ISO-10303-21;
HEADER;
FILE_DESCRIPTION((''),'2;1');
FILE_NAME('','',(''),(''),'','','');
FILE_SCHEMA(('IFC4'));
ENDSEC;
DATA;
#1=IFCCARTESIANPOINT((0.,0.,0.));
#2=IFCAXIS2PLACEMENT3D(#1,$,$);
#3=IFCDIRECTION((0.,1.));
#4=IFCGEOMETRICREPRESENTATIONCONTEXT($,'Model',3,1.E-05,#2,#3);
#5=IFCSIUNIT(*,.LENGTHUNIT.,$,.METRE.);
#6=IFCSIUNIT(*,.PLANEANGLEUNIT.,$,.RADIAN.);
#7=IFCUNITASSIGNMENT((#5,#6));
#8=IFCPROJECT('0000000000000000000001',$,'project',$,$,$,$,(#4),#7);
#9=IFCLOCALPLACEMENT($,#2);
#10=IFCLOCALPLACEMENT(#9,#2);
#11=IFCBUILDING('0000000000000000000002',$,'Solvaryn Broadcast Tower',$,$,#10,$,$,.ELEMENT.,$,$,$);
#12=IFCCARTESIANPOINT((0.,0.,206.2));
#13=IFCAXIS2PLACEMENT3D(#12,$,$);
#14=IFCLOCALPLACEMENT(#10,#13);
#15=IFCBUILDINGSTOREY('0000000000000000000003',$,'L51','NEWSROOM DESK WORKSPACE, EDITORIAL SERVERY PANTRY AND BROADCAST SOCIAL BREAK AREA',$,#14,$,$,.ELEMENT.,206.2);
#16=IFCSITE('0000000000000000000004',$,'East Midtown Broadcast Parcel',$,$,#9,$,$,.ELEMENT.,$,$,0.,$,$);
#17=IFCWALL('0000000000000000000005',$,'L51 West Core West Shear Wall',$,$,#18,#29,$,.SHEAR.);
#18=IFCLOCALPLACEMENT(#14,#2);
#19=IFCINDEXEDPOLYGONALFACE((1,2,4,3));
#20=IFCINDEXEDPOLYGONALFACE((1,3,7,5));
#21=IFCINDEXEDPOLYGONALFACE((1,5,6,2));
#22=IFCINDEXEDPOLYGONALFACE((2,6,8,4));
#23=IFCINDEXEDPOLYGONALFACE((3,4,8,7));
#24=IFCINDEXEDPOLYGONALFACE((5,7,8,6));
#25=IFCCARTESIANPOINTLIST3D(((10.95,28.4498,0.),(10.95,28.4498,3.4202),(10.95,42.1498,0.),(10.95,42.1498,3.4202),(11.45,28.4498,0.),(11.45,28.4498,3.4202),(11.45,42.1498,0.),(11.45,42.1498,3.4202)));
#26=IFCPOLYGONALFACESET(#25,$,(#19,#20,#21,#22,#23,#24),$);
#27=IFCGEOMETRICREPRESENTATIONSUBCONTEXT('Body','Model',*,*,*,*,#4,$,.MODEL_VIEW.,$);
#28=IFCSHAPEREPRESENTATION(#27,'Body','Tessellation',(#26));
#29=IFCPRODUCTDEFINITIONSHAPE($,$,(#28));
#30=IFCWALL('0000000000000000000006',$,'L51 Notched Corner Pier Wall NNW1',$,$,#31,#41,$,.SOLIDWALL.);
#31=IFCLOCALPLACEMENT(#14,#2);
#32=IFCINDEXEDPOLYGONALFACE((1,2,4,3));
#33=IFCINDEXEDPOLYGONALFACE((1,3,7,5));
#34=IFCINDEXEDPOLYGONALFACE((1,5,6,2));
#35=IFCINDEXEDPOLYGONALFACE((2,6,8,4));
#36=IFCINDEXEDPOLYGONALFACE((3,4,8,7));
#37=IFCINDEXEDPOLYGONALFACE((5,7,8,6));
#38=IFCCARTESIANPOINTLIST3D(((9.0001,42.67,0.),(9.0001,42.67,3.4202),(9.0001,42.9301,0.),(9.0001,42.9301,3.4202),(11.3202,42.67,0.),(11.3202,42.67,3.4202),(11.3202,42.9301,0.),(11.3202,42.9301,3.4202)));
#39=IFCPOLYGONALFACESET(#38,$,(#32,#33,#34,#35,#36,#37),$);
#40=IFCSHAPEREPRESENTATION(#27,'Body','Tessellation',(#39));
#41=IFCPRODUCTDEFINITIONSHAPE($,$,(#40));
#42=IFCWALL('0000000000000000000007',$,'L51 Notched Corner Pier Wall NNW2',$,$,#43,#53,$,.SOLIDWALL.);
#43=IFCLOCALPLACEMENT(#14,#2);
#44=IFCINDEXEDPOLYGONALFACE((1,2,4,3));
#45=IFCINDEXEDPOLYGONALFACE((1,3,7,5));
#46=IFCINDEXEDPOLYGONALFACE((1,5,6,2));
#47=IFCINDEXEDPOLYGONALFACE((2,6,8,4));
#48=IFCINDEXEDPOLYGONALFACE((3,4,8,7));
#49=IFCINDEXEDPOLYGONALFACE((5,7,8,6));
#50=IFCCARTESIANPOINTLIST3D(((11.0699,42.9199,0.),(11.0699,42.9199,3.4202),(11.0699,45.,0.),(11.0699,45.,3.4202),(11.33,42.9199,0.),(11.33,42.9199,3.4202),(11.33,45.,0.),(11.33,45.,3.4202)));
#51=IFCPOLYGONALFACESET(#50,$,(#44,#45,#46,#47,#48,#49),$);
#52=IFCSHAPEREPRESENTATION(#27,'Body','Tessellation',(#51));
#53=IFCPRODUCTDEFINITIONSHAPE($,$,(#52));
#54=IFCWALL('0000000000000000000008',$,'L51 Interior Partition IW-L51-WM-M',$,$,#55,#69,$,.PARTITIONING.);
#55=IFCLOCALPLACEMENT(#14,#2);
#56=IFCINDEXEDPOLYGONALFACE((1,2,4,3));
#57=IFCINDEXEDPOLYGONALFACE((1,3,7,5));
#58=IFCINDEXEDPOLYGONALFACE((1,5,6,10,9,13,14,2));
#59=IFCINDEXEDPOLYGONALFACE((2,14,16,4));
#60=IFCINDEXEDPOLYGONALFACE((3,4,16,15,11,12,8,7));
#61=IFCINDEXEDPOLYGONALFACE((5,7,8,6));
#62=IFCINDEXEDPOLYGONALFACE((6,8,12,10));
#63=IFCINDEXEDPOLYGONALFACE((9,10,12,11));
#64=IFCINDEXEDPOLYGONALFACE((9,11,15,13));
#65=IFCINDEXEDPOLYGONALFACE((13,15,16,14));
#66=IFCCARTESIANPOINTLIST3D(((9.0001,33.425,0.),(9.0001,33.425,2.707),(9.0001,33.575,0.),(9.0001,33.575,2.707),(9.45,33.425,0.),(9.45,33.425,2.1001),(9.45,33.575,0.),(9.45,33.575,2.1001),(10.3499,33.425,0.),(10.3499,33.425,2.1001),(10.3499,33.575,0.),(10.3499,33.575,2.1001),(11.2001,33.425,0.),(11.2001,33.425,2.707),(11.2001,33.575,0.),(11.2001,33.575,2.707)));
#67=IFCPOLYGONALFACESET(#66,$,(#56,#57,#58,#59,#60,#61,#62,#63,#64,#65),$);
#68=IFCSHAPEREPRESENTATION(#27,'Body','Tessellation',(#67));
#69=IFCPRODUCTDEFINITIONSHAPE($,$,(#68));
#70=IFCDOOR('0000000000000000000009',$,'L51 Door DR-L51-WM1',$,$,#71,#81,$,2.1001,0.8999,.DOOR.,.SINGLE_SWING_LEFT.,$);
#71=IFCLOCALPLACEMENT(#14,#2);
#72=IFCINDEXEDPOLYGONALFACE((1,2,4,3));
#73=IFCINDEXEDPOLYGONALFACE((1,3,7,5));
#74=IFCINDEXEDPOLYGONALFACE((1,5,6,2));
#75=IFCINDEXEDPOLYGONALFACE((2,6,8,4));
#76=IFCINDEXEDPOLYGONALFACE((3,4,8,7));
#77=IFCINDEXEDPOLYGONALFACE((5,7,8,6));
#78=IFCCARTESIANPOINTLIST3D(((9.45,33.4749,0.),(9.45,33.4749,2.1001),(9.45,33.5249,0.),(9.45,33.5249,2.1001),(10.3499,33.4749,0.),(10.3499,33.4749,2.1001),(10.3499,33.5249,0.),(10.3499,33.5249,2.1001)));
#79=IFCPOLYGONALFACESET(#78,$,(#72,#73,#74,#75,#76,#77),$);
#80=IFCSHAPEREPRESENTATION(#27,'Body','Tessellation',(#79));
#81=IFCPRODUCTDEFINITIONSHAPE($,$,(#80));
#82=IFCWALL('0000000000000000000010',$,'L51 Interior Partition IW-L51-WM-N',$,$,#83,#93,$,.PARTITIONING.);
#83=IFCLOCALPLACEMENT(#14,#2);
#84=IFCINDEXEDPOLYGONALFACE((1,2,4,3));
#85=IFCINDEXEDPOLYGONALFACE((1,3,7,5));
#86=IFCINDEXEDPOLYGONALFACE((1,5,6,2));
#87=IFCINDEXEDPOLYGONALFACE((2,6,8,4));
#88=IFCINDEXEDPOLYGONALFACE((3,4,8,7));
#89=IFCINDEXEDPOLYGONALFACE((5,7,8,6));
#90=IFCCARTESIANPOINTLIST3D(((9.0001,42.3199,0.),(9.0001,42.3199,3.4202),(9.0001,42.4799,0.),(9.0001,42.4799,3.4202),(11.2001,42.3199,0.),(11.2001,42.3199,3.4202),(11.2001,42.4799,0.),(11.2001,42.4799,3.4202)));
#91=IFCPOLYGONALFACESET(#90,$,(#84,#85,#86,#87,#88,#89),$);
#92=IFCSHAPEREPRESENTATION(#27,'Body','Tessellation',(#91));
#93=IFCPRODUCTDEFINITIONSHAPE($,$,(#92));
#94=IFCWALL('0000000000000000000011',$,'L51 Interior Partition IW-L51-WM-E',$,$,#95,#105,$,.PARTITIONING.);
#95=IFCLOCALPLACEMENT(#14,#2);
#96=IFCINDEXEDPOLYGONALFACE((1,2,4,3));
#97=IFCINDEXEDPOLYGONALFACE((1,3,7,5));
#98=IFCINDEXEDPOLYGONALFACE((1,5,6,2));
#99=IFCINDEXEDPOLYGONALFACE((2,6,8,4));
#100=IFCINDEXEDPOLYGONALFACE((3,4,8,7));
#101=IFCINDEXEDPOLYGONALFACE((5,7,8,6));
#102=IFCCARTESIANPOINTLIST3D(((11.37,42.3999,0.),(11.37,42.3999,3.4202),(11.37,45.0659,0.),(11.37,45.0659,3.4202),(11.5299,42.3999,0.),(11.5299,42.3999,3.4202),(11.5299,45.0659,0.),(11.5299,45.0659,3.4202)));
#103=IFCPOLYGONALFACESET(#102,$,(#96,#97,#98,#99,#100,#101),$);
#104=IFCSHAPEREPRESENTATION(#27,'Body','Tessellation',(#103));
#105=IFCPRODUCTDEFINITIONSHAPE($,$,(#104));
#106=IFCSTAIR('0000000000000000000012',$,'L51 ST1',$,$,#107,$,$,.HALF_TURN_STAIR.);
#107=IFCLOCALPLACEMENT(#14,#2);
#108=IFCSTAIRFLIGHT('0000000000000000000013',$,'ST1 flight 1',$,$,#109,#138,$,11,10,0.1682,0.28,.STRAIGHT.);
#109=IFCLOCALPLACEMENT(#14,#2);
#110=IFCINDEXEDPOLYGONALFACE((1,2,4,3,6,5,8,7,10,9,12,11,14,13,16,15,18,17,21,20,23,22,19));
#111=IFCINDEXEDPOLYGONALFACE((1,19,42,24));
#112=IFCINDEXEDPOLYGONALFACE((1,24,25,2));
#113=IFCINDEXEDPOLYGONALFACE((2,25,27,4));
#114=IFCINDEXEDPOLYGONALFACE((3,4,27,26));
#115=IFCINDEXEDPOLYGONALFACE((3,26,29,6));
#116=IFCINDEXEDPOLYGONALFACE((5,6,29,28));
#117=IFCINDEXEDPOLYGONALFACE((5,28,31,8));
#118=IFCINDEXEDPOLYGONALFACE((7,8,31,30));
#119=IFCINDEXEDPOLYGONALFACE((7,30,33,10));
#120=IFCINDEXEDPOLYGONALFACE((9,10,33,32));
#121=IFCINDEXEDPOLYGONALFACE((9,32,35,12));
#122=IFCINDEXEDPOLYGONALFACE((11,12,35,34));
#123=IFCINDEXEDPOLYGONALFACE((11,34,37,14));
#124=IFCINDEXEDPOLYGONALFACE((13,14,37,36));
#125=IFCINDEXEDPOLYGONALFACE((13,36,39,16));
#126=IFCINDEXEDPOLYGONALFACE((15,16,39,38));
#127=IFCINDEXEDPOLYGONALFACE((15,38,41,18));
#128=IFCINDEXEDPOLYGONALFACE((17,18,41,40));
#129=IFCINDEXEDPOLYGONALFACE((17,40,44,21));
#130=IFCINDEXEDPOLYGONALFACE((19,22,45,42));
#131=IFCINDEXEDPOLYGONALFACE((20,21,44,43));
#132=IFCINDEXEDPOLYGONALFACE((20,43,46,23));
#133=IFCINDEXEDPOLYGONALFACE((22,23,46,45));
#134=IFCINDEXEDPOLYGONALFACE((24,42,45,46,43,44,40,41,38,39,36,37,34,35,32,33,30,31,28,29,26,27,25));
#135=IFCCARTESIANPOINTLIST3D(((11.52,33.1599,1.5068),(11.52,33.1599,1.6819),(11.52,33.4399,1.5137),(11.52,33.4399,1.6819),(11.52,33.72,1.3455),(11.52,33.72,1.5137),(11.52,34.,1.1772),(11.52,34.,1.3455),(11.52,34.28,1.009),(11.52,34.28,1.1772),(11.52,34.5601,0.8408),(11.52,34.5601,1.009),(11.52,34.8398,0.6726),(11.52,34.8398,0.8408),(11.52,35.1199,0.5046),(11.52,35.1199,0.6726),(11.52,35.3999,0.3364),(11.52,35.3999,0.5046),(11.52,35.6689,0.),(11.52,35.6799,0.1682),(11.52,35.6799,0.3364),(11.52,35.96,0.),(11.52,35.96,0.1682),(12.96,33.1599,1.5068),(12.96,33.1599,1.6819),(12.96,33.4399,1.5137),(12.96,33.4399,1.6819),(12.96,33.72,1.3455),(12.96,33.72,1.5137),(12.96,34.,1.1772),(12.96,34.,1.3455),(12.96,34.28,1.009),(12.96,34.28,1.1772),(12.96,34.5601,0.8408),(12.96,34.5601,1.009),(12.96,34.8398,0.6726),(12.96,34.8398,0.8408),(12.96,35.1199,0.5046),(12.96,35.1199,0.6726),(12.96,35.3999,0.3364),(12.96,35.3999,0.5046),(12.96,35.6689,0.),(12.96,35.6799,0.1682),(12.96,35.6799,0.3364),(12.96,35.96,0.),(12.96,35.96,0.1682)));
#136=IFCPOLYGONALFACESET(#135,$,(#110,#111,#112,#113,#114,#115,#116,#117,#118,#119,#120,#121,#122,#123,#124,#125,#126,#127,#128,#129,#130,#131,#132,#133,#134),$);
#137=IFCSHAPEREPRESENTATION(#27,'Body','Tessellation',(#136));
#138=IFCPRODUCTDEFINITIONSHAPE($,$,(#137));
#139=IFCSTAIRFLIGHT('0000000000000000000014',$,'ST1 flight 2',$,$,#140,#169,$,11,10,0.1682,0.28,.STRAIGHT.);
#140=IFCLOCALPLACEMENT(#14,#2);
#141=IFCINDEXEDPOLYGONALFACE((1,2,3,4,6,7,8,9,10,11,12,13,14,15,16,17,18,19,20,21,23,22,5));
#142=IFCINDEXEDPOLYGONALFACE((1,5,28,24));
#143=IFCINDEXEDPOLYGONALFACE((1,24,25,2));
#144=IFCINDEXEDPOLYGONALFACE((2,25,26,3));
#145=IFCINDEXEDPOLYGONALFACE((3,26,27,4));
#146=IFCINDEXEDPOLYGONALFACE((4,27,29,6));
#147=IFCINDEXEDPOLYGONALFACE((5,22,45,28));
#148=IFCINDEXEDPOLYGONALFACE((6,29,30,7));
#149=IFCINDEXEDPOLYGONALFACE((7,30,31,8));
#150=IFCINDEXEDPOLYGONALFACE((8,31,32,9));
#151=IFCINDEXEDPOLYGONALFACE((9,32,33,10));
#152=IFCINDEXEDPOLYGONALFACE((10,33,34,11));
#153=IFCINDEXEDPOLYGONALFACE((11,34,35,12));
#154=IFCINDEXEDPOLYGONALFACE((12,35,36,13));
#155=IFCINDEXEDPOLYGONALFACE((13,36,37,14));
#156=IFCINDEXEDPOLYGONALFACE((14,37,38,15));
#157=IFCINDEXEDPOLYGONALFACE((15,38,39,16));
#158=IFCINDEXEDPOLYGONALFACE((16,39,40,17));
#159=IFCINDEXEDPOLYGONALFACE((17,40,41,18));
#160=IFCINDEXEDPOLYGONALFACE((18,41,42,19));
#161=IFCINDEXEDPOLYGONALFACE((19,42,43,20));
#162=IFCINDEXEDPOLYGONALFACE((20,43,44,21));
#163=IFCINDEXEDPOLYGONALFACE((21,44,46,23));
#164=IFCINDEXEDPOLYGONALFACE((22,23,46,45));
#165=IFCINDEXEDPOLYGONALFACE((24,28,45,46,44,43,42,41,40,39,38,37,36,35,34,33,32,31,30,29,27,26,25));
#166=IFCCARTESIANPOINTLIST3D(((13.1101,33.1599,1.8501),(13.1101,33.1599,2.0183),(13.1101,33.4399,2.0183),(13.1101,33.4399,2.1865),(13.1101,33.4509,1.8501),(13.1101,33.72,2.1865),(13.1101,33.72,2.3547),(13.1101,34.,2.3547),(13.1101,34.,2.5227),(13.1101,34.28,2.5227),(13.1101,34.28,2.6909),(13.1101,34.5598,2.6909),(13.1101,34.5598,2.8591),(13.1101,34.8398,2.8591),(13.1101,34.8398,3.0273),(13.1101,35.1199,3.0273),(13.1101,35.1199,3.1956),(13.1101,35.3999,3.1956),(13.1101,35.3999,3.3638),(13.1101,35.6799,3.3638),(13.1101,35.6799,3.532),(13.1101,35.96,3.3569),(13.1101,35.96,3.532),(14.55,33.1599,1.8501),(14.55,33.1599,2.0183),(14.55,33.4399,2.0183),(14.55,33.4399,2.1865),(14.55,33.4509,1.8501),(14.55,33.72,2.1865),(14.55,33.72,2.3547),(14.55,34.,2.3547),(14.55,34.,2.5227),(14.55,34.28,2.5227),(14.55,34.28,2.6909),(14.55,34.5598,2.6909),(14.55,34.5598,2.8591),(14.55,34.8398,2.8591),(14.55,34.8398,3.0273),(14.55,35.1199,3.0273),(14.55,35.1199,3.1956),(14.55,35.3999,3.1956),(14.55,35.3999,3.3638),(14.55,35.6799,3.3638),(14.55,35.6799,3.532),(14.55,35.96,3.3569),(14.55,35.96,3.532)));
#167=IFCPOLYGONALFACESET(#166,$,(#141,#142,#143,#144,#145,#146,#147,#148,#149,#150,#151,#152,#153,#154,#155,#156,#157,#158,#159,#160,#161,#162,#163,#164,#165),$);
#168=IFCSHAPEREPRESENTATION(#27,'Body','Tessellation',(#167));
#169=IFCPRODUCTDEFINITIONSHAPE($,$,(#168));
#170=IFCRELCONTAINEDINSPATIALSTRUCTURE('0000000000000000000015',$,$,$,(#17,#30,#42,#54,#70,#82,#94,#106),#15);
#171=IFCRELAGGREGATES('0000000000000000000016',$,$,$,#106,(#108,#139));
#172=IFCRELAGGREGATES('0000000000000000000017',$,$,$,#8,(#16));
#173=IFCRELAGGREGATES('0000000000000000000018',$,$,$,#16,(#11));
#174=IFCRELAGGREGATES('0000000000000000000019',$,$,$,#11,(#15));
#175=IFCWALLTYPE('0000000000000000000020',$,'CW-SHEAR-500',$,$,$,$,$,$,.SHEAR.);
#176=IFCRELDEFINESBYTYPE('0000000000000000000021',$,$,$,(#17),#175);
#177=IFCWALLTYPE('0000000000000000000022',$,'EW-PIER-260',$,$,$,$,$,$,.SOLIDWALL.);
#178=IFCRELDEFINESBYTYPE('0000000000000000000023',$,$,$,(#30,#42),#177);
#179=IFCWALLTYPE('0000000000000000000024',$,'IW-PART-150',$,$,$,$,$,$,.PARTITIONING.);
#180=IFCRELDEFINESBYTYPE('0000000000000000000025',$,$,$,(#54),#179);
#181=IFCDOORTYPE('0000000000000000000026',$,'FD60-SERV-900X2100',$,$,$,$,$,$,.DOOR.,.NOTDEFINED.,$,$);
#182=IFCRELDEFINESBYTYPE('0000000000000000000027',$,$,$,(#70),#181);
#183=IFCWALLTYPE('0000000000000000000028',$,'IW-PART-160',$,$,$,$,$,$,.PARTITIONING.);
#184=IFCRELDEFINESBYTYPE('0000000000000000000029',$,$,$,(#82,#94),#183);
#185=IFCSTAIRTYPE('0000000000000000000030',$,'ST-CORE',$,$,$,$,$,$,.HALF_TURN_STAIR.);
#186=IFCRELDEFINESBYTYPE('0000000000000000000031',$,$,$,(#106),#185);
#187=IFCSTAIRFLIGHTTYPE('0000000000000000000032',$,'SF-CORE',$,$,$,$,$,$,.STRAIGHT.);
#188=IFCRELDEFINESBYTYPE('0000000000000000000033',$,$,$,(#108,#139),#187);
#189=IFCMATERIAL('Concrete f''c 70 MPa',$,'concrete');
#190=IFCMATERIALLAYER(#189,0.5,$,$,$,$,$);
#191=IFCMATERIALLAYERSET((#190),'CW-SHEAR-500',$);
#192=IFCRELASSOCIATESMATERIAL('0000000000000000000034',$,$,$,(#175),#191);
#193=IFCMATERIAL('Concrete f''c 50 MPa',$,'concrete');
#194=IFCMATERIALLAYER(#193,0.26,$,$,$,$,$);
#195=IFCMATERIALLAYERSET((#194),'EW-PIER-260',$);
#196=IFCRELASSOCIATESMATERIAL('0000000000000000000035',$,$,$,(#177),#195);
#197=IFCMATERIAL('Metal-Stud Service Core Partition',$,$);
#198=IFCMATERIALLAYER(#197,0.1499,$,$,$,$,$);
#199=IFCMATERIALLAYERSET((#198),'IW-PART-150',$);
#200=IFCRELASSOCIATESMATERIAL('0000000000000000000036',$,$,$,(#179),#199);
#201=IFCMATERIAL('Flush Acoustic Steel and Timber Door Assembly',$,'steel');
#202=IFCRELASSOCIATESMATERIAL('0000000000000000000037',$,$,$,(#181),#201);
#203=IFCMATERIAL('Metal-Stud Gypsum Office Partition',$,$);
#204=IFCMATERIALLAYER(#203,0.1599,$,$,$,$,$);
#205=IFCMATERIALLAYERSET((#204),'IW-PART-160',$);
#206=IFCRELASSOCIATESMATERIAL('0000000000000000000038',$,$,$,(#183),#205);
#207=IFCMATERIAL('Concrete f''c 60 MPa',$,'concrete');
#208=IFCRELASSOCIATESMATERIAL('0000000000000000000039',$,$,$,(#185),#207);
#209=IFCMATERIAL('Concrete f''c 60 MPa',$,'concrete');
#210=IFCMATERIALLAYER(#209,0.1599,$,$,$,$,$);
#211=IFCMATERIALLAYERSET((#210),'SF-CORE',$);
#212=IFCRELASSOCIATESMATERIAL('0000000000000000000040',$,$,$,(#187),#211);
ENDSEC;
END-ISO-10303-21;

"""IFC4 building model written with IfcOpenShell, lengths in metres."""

from ifc_helpers import new_model, si_unit, direction, frame, frame_2d, origin, place, context, subcontext, project, spatial, polyline, rectangle, outline, extrude, material, layer, layer_set, type_object, element, fill, aggregate, save


model = new_model("IFC4")

# Units and contexts
model_context = context("Model", 3, precision=1e-05, world=origin(), true_north=direction((0.0, 1.0)))
body_context = subcontext(model_context, "Body", "Model", "MODEL_VIEW")
ifc_project = project(units=[si_unit("LENGTHUNIT", "METRE"), si_unit("PLANEANGLEUNIT", "RADIAN")], contexts=[model_context])

# Site, building, storey
site_placement = place(None, origin())
site = spatial("IfcSite", under=ifc_project, at=site_placement, Name="East Midtown Broadcast Parcel", CompositionType="ELEMENT", RefElevation=0.0)
building_placement = place(site_placement, origin())
building = spatial("IfcBuilding", under=site, at=building_placement, Name="Solvaryn Broadcast Tower", CompositionType="ELEMENT")
storey_placement = place(building_placement, frame((0.0, 0.0, 206.2)))
storey = spatial("IfcBuildingStorey", under=building, at=storey_placement, Name="L51", Description="NEWSROOM DESK WORKSPACE, EDITORIAL SERVERY PANTRY AND BROADCAST SOCIAL BREAK AREA", CompositionType="ELEMENT", Elevation=206.2)

# Walls
ifc_material_1 = material(Name="Concrete f'c 70 MPa", Category="concrete")
ifc_layer_1 = layer(ifc_material_1, 0.5)
ifc_layer_set_1 = layer_set([ifc_layer_1], Name="CW-SHEAR-500")
wall_type_1 = type_object("IfcWallType", Name="CW-SHEAR-500", PredefinedType="SHEAR", material=ifc_layer_set_1)
wall_1_placement = place(storey_placement, frame((11.2, 42.1499, 0.0), z_axis=(0.0, 0.0, 1.0), x_axis=(0.0, -1.0, 0.0)))
element("IfcWall", 1, at=wall_1_placement, inside=storey, type_object=wall_type_1, Name="L51 West Core West Shear Wall", PredefinedType="SHEAR", context=body_context, shape_type="SweptSolid", body=[
    extrude(rectangle(XDim=13.7, YDim=0.5, at=frame_2d((6.8501, 0.0))), origin(), (0.0, 0.0, 1.0), 3.4202),
])
ifc_material_2 = material(Name="Concrete f'c 50 MPa", Category="concrete")
ifc_layer_2 = layer(ifc_material_2, 0.26)
ifc_layer_set_2 = layer_set([ifc_layer_2], Name="EW-PIER-260")
wall_type_2 = type_object("IfcWallType", Name="EW-PIER-260", PredefinedType="SOLIDWALL", material=ifc_layer_set_2)
wall_2_placement = place(storey_placement, frame((9.0, 42.8, 0.0), z_axis=(0.0, 0.0, 1.0), x_axis=(1.0, 0.0, 0.0)))
element("IfcWall", 2, at=wall_2_placement, inside=storey, type_object=wall_type_2, Name="L51 Notched Corner Pier Wall NNW1", PredefinedType="SOLIDWALL", context=body_context, shape_type="SweptSolid", body=[
    extrude(rectangle(XDim=2.3201, YDim=0.26, at=frame_2d((1.1602, 0.0))), origin(), (0.0, 0.0, 1.0), 3.4202),
])
wall_3_placement = place(storey_placement, frame((11.2, 42.9199, 0.0), z_axis=(0.0, 0.0, 1.0), x_axis=(0.0, 1.0, 0.0)))
element("IfcWall", 3, at=wall_3_placement, inside=storey, type_object=wall_type_2, Name="L51 Notched Corner Pier Wall NNW2", PredefinedType="SOLIDWALL", context=body_context, shape_type="SweptSolid", body=[
    extrude(rectangle(XDim=2.0801, YDim=0.26, at=frame_2d((1.04, 0.0))), origin(), (0.0, 0.0, 1.0), 3.4202),
])

# Wall, opening, door
ifc_material_3 = material(Name="Metal-Stud Service Core Partition")
ifc_layer_3 = layer(ifc_material_3, 0.1499)
ifc_layer_set_3 = layer_set([ifc_layer_3], Name="IW-PART-150")
wall_type_3 = type_object("IfcWallType", Name="IW-PART-150", PredefinedType="PARTITIONING", material=ifc_layer_set_3)
wall_4_placement = place(storey_placement, frame((9.0, 33.5, 0.0), z_axis=(0.0, 0.0, 1.0), x_axis=(1.0, 0.0, 0.0)))
wall_4 = element("IfcWall", 4, at=wall_4_placement, inside=storey, type_object=wall_type_3, Name="L51 Interior Partition IW-L51-WM-M", PredefinedType="PARTITIONING", context=body_context, shape_type="SweptSolid", body=[
    extrude(rectangle(XDim=2.2, YDim=0.1499, at=frame_2d((1.1001, 0.0))), origin(), (0.0, 0.0, 1.0), 2.707),
])
opening_placement = place(wall_4_placement, frame((0.45, 0.0, 0.0)))
opening = element("IfcOpeningElement", 5, at=opening_placement, cuts=wall_4, PredefinedType="OPENING", context=body_context, shape_type="SweptSolid", body=[
    extrude(rectangle(XDim=0.8999, YDim=2.1001, at=frame_2d((0.45, 1.05))), frame((0.0, 0.085, 0.0), z_axis=(0.0, -1.0, 0.0), x_axis=(1.0, 0.0, 0.0)), (0.0, 0.0, 1.0), 0.1699),
])
ifc_material_4 = material(Name="Flush Acoustic Steel and Timber Door Assembly", Category="steel")
door_type = type_object("IfcDoorType", Name="FD60-SERV-900X2100", OperationType="NOTDEFINED", PredefinedType="DOOR", material=ifc_material_4)
door_placement = place(opening_placement, origin())
door = element("IfcDoor", 6, at=door_placement, inside=storey, type_object=door_type, Name="L51 Door DR-L51-WM1", OperationType="SINGLE_SWING_LEFT", OverallHeight=2.1001, OverallWidth=0.8999, PredefinedType="DOOR", context=body_context, shape_type="SweptSolid", body=[
    extrude(rectangle(XDim=0.8999, YDim=2.1001, at=frame_2d((0.45, 1.05))), frame((0.0, 0.0249, 0.0), z_axis=(0.0, -1.0, 0.0), x_axis=(1.0, 0.0, 0.0)), (0.0, 0.0, 1.0), 0.05),
])
fill(opening, door)

# Walls
ifc_material_5 = material(Name="Metal-Stud Gypsum Office Partition")
ifc_layer_4 = layer(ifc_material_5, 0.1599)
ifc_layer_set_4 = layer_set([ifc_layer_4], Name="IW-PART-160")
wall_type_4 = type_object("IfcWallType", Name="IW-PART-160", PredefinedType="PARTITIONING", material=ifc_layer_set_4)
wall_5_placement = place(storey_placement, frame((9.0, 42.3999, 0.0), z_axis=(0.0, 0.0, 1.0), x_axis=(1.0, 0.0, 0.0)))
element("IfcWall", 7, at=wall_5_placement, inside=storey, type_object=wall_type_4, Name="L51 Interior Partition IW-L51-WM-N", PredefinedType="PARTITIONING", context=body_context, shape_type="SweptSolid", body=[
    extrude(rectangle(XDim=2.2, YDim=0.1599, at=frame_2d((1.1001, 0.0))), origin(), (0.0, 0.0, 1.0), 3.4202),
])
wall_6_placement = place(storey_placement, frame((11.45, 42.3999, 0.0), z_axis=(0.0, 0.0, 1.0), x_axis=(0.0, 1.0, 0.0)))
element("IfcWall", 8, at=wall_6_placement, inside=storey, type_object=wall_type_4, Name="L51 Interior Partition IW-L51-WM-E", PredefinedType="PARTITIONING", context=body_context, shape_type="SweptSolid", body=[
    extrude(rectangle(XDim=2.666, YDim=0.1599, at=frame_2d((1.333, 0.0))), origin(), (0.0, 0.0, 1.0), 3.4202),
])

# Stair, stair flights
ifc_material_6 = material(Name="Concrete f'c 60 MPa", Category="concrete")
stair_type = type_object("IfcStairType", Name="ST-CORE", PredefinedType="HALF_TURN_STAIR", material=ifc_material_6)
stair_1_placement = place(storey_placement, origin())
stair_1 = element("IfcStair", 9, at=stair_1_placement, inside=storey, type_object=stair_type, Name="L51 ST1", PredefinedType="HALF_TURN_STAIR")
ifc_material_7 = material(Name="Concrete f'c 60 MPa", Category="concrete")
ifc_layer_5 = layer(ifc_material_7, 0.1599)
ifc_layer_set_5 = layer_set([ifc_layer_5], Name="SF-CORE")
stair_flight_type = type_object("IfcStairFlightType", Name="SF-CORE", PredefinedType="STRAIGHT", material=ifc_layer_set_5)
stair_flight_1_placement = place(storey_placement, frame((12.24, 35.96, 0.0), z_axis=(0.0, 0.0, 1.0), x_axis=(0.0, -1.0, 0.0)))
stair_flight_1 = element("IfcStairFlight", 10, at=stair_flight_1_placement, type_object=stair_flight_type, Name="ST1 flight 1", NumberOfRisers=11, NumberOfTreads=10, PredefinedType="STRAIGHT", RiserHeight=0.1682, TreadLength=0.28, context=body_context, shape_type="SweptSolid", body=[
    extrude(outline(polyline([(0.0, 0.0), (0.0, 0.1682), (0.28, 0.1682), (0.28, 0.3364), (0.5601, 0.3364), (0.5601, 0.5046), (0.8401, 0.5046), (0.8401, 0.6726), (1.1201, 0.6726), (1.1201, 0.8408), (1.3999, 0.8408), (1.3999, 1.009), (1.6799, 1.009), (1.6799, 1.1772), (1.96, 1.1772), (1.96, 1.3455), (2.24, 1.3455), (2.24, 1.5137), (2.52, 1.5137), (2.52, 1.6819), (2.8, 1.6819), (2.8, 1.8501), (2.8, 1.5068), (0.291, 0.0), (0.0, 0.0)])), frame((0.0, 0.72, 0.0), z_axis=(0.0, -1.0, 0.0), x_axis=(1.0, 0.0, 0.0)), (0.0, 0.0, 1.0), 1.4399),
])
stair_flight_2_placement = place(storey_placement, frame((13.8301, 33.1599, 1.8501), z_axis=(0.0, 0.0, 1.0), x_axis=(0.0, 1.0, 0.0)))
stair_flight_2 = element("IfcStairFlight", 11, at=stair_flight_2_placement, type_object=stair_flight_type, Name="ST1 flight 2", NumberOfRisers=11, NumberOfTreads=10, PredefinedType="STRAIGHT", RiserHeight=0.1682, TreadLength=0.28, context=body_context, shape_type="SweptSolid", body=[
    extrude(outline(polyline([(0.0, 0.0), (0.0, 0.1682), (0.28, 0.1682), (0.28, 0.3364), (0.5601, 0.3364), (0.5601, 0.5046), (0.8401, 0.5046), (0.8401, 0.6726), (1.1201, 0.6726), (1.1201, 0.8408), (1.3999, 0.8408), (1.3999, 1.009), (1.6799, 1.009), (1.6799, 1.1772), (1.96, 1.1772), (1.96, 1.3455), (2.24, 1.3455), (2.24, 1.5137), (2.52, 1.5137), (2.52, 1.6819), (2.8, 1.6819), (2.8, 1.8501), (2.8, 1.5068), (0.291, 0.0), (0.0, 0.0)])), frame((0.0, 0.72, 0.0), z_axis=(0.0, -1.0, 0.0), x_axis=(1.0, 0.0, 0.0)), (0.0, 0.0, 1.0), 1.4399),
])
aggregate(stair_1, [stair_flight_1, stair_flight_2])

save(model, "model.ifc")
